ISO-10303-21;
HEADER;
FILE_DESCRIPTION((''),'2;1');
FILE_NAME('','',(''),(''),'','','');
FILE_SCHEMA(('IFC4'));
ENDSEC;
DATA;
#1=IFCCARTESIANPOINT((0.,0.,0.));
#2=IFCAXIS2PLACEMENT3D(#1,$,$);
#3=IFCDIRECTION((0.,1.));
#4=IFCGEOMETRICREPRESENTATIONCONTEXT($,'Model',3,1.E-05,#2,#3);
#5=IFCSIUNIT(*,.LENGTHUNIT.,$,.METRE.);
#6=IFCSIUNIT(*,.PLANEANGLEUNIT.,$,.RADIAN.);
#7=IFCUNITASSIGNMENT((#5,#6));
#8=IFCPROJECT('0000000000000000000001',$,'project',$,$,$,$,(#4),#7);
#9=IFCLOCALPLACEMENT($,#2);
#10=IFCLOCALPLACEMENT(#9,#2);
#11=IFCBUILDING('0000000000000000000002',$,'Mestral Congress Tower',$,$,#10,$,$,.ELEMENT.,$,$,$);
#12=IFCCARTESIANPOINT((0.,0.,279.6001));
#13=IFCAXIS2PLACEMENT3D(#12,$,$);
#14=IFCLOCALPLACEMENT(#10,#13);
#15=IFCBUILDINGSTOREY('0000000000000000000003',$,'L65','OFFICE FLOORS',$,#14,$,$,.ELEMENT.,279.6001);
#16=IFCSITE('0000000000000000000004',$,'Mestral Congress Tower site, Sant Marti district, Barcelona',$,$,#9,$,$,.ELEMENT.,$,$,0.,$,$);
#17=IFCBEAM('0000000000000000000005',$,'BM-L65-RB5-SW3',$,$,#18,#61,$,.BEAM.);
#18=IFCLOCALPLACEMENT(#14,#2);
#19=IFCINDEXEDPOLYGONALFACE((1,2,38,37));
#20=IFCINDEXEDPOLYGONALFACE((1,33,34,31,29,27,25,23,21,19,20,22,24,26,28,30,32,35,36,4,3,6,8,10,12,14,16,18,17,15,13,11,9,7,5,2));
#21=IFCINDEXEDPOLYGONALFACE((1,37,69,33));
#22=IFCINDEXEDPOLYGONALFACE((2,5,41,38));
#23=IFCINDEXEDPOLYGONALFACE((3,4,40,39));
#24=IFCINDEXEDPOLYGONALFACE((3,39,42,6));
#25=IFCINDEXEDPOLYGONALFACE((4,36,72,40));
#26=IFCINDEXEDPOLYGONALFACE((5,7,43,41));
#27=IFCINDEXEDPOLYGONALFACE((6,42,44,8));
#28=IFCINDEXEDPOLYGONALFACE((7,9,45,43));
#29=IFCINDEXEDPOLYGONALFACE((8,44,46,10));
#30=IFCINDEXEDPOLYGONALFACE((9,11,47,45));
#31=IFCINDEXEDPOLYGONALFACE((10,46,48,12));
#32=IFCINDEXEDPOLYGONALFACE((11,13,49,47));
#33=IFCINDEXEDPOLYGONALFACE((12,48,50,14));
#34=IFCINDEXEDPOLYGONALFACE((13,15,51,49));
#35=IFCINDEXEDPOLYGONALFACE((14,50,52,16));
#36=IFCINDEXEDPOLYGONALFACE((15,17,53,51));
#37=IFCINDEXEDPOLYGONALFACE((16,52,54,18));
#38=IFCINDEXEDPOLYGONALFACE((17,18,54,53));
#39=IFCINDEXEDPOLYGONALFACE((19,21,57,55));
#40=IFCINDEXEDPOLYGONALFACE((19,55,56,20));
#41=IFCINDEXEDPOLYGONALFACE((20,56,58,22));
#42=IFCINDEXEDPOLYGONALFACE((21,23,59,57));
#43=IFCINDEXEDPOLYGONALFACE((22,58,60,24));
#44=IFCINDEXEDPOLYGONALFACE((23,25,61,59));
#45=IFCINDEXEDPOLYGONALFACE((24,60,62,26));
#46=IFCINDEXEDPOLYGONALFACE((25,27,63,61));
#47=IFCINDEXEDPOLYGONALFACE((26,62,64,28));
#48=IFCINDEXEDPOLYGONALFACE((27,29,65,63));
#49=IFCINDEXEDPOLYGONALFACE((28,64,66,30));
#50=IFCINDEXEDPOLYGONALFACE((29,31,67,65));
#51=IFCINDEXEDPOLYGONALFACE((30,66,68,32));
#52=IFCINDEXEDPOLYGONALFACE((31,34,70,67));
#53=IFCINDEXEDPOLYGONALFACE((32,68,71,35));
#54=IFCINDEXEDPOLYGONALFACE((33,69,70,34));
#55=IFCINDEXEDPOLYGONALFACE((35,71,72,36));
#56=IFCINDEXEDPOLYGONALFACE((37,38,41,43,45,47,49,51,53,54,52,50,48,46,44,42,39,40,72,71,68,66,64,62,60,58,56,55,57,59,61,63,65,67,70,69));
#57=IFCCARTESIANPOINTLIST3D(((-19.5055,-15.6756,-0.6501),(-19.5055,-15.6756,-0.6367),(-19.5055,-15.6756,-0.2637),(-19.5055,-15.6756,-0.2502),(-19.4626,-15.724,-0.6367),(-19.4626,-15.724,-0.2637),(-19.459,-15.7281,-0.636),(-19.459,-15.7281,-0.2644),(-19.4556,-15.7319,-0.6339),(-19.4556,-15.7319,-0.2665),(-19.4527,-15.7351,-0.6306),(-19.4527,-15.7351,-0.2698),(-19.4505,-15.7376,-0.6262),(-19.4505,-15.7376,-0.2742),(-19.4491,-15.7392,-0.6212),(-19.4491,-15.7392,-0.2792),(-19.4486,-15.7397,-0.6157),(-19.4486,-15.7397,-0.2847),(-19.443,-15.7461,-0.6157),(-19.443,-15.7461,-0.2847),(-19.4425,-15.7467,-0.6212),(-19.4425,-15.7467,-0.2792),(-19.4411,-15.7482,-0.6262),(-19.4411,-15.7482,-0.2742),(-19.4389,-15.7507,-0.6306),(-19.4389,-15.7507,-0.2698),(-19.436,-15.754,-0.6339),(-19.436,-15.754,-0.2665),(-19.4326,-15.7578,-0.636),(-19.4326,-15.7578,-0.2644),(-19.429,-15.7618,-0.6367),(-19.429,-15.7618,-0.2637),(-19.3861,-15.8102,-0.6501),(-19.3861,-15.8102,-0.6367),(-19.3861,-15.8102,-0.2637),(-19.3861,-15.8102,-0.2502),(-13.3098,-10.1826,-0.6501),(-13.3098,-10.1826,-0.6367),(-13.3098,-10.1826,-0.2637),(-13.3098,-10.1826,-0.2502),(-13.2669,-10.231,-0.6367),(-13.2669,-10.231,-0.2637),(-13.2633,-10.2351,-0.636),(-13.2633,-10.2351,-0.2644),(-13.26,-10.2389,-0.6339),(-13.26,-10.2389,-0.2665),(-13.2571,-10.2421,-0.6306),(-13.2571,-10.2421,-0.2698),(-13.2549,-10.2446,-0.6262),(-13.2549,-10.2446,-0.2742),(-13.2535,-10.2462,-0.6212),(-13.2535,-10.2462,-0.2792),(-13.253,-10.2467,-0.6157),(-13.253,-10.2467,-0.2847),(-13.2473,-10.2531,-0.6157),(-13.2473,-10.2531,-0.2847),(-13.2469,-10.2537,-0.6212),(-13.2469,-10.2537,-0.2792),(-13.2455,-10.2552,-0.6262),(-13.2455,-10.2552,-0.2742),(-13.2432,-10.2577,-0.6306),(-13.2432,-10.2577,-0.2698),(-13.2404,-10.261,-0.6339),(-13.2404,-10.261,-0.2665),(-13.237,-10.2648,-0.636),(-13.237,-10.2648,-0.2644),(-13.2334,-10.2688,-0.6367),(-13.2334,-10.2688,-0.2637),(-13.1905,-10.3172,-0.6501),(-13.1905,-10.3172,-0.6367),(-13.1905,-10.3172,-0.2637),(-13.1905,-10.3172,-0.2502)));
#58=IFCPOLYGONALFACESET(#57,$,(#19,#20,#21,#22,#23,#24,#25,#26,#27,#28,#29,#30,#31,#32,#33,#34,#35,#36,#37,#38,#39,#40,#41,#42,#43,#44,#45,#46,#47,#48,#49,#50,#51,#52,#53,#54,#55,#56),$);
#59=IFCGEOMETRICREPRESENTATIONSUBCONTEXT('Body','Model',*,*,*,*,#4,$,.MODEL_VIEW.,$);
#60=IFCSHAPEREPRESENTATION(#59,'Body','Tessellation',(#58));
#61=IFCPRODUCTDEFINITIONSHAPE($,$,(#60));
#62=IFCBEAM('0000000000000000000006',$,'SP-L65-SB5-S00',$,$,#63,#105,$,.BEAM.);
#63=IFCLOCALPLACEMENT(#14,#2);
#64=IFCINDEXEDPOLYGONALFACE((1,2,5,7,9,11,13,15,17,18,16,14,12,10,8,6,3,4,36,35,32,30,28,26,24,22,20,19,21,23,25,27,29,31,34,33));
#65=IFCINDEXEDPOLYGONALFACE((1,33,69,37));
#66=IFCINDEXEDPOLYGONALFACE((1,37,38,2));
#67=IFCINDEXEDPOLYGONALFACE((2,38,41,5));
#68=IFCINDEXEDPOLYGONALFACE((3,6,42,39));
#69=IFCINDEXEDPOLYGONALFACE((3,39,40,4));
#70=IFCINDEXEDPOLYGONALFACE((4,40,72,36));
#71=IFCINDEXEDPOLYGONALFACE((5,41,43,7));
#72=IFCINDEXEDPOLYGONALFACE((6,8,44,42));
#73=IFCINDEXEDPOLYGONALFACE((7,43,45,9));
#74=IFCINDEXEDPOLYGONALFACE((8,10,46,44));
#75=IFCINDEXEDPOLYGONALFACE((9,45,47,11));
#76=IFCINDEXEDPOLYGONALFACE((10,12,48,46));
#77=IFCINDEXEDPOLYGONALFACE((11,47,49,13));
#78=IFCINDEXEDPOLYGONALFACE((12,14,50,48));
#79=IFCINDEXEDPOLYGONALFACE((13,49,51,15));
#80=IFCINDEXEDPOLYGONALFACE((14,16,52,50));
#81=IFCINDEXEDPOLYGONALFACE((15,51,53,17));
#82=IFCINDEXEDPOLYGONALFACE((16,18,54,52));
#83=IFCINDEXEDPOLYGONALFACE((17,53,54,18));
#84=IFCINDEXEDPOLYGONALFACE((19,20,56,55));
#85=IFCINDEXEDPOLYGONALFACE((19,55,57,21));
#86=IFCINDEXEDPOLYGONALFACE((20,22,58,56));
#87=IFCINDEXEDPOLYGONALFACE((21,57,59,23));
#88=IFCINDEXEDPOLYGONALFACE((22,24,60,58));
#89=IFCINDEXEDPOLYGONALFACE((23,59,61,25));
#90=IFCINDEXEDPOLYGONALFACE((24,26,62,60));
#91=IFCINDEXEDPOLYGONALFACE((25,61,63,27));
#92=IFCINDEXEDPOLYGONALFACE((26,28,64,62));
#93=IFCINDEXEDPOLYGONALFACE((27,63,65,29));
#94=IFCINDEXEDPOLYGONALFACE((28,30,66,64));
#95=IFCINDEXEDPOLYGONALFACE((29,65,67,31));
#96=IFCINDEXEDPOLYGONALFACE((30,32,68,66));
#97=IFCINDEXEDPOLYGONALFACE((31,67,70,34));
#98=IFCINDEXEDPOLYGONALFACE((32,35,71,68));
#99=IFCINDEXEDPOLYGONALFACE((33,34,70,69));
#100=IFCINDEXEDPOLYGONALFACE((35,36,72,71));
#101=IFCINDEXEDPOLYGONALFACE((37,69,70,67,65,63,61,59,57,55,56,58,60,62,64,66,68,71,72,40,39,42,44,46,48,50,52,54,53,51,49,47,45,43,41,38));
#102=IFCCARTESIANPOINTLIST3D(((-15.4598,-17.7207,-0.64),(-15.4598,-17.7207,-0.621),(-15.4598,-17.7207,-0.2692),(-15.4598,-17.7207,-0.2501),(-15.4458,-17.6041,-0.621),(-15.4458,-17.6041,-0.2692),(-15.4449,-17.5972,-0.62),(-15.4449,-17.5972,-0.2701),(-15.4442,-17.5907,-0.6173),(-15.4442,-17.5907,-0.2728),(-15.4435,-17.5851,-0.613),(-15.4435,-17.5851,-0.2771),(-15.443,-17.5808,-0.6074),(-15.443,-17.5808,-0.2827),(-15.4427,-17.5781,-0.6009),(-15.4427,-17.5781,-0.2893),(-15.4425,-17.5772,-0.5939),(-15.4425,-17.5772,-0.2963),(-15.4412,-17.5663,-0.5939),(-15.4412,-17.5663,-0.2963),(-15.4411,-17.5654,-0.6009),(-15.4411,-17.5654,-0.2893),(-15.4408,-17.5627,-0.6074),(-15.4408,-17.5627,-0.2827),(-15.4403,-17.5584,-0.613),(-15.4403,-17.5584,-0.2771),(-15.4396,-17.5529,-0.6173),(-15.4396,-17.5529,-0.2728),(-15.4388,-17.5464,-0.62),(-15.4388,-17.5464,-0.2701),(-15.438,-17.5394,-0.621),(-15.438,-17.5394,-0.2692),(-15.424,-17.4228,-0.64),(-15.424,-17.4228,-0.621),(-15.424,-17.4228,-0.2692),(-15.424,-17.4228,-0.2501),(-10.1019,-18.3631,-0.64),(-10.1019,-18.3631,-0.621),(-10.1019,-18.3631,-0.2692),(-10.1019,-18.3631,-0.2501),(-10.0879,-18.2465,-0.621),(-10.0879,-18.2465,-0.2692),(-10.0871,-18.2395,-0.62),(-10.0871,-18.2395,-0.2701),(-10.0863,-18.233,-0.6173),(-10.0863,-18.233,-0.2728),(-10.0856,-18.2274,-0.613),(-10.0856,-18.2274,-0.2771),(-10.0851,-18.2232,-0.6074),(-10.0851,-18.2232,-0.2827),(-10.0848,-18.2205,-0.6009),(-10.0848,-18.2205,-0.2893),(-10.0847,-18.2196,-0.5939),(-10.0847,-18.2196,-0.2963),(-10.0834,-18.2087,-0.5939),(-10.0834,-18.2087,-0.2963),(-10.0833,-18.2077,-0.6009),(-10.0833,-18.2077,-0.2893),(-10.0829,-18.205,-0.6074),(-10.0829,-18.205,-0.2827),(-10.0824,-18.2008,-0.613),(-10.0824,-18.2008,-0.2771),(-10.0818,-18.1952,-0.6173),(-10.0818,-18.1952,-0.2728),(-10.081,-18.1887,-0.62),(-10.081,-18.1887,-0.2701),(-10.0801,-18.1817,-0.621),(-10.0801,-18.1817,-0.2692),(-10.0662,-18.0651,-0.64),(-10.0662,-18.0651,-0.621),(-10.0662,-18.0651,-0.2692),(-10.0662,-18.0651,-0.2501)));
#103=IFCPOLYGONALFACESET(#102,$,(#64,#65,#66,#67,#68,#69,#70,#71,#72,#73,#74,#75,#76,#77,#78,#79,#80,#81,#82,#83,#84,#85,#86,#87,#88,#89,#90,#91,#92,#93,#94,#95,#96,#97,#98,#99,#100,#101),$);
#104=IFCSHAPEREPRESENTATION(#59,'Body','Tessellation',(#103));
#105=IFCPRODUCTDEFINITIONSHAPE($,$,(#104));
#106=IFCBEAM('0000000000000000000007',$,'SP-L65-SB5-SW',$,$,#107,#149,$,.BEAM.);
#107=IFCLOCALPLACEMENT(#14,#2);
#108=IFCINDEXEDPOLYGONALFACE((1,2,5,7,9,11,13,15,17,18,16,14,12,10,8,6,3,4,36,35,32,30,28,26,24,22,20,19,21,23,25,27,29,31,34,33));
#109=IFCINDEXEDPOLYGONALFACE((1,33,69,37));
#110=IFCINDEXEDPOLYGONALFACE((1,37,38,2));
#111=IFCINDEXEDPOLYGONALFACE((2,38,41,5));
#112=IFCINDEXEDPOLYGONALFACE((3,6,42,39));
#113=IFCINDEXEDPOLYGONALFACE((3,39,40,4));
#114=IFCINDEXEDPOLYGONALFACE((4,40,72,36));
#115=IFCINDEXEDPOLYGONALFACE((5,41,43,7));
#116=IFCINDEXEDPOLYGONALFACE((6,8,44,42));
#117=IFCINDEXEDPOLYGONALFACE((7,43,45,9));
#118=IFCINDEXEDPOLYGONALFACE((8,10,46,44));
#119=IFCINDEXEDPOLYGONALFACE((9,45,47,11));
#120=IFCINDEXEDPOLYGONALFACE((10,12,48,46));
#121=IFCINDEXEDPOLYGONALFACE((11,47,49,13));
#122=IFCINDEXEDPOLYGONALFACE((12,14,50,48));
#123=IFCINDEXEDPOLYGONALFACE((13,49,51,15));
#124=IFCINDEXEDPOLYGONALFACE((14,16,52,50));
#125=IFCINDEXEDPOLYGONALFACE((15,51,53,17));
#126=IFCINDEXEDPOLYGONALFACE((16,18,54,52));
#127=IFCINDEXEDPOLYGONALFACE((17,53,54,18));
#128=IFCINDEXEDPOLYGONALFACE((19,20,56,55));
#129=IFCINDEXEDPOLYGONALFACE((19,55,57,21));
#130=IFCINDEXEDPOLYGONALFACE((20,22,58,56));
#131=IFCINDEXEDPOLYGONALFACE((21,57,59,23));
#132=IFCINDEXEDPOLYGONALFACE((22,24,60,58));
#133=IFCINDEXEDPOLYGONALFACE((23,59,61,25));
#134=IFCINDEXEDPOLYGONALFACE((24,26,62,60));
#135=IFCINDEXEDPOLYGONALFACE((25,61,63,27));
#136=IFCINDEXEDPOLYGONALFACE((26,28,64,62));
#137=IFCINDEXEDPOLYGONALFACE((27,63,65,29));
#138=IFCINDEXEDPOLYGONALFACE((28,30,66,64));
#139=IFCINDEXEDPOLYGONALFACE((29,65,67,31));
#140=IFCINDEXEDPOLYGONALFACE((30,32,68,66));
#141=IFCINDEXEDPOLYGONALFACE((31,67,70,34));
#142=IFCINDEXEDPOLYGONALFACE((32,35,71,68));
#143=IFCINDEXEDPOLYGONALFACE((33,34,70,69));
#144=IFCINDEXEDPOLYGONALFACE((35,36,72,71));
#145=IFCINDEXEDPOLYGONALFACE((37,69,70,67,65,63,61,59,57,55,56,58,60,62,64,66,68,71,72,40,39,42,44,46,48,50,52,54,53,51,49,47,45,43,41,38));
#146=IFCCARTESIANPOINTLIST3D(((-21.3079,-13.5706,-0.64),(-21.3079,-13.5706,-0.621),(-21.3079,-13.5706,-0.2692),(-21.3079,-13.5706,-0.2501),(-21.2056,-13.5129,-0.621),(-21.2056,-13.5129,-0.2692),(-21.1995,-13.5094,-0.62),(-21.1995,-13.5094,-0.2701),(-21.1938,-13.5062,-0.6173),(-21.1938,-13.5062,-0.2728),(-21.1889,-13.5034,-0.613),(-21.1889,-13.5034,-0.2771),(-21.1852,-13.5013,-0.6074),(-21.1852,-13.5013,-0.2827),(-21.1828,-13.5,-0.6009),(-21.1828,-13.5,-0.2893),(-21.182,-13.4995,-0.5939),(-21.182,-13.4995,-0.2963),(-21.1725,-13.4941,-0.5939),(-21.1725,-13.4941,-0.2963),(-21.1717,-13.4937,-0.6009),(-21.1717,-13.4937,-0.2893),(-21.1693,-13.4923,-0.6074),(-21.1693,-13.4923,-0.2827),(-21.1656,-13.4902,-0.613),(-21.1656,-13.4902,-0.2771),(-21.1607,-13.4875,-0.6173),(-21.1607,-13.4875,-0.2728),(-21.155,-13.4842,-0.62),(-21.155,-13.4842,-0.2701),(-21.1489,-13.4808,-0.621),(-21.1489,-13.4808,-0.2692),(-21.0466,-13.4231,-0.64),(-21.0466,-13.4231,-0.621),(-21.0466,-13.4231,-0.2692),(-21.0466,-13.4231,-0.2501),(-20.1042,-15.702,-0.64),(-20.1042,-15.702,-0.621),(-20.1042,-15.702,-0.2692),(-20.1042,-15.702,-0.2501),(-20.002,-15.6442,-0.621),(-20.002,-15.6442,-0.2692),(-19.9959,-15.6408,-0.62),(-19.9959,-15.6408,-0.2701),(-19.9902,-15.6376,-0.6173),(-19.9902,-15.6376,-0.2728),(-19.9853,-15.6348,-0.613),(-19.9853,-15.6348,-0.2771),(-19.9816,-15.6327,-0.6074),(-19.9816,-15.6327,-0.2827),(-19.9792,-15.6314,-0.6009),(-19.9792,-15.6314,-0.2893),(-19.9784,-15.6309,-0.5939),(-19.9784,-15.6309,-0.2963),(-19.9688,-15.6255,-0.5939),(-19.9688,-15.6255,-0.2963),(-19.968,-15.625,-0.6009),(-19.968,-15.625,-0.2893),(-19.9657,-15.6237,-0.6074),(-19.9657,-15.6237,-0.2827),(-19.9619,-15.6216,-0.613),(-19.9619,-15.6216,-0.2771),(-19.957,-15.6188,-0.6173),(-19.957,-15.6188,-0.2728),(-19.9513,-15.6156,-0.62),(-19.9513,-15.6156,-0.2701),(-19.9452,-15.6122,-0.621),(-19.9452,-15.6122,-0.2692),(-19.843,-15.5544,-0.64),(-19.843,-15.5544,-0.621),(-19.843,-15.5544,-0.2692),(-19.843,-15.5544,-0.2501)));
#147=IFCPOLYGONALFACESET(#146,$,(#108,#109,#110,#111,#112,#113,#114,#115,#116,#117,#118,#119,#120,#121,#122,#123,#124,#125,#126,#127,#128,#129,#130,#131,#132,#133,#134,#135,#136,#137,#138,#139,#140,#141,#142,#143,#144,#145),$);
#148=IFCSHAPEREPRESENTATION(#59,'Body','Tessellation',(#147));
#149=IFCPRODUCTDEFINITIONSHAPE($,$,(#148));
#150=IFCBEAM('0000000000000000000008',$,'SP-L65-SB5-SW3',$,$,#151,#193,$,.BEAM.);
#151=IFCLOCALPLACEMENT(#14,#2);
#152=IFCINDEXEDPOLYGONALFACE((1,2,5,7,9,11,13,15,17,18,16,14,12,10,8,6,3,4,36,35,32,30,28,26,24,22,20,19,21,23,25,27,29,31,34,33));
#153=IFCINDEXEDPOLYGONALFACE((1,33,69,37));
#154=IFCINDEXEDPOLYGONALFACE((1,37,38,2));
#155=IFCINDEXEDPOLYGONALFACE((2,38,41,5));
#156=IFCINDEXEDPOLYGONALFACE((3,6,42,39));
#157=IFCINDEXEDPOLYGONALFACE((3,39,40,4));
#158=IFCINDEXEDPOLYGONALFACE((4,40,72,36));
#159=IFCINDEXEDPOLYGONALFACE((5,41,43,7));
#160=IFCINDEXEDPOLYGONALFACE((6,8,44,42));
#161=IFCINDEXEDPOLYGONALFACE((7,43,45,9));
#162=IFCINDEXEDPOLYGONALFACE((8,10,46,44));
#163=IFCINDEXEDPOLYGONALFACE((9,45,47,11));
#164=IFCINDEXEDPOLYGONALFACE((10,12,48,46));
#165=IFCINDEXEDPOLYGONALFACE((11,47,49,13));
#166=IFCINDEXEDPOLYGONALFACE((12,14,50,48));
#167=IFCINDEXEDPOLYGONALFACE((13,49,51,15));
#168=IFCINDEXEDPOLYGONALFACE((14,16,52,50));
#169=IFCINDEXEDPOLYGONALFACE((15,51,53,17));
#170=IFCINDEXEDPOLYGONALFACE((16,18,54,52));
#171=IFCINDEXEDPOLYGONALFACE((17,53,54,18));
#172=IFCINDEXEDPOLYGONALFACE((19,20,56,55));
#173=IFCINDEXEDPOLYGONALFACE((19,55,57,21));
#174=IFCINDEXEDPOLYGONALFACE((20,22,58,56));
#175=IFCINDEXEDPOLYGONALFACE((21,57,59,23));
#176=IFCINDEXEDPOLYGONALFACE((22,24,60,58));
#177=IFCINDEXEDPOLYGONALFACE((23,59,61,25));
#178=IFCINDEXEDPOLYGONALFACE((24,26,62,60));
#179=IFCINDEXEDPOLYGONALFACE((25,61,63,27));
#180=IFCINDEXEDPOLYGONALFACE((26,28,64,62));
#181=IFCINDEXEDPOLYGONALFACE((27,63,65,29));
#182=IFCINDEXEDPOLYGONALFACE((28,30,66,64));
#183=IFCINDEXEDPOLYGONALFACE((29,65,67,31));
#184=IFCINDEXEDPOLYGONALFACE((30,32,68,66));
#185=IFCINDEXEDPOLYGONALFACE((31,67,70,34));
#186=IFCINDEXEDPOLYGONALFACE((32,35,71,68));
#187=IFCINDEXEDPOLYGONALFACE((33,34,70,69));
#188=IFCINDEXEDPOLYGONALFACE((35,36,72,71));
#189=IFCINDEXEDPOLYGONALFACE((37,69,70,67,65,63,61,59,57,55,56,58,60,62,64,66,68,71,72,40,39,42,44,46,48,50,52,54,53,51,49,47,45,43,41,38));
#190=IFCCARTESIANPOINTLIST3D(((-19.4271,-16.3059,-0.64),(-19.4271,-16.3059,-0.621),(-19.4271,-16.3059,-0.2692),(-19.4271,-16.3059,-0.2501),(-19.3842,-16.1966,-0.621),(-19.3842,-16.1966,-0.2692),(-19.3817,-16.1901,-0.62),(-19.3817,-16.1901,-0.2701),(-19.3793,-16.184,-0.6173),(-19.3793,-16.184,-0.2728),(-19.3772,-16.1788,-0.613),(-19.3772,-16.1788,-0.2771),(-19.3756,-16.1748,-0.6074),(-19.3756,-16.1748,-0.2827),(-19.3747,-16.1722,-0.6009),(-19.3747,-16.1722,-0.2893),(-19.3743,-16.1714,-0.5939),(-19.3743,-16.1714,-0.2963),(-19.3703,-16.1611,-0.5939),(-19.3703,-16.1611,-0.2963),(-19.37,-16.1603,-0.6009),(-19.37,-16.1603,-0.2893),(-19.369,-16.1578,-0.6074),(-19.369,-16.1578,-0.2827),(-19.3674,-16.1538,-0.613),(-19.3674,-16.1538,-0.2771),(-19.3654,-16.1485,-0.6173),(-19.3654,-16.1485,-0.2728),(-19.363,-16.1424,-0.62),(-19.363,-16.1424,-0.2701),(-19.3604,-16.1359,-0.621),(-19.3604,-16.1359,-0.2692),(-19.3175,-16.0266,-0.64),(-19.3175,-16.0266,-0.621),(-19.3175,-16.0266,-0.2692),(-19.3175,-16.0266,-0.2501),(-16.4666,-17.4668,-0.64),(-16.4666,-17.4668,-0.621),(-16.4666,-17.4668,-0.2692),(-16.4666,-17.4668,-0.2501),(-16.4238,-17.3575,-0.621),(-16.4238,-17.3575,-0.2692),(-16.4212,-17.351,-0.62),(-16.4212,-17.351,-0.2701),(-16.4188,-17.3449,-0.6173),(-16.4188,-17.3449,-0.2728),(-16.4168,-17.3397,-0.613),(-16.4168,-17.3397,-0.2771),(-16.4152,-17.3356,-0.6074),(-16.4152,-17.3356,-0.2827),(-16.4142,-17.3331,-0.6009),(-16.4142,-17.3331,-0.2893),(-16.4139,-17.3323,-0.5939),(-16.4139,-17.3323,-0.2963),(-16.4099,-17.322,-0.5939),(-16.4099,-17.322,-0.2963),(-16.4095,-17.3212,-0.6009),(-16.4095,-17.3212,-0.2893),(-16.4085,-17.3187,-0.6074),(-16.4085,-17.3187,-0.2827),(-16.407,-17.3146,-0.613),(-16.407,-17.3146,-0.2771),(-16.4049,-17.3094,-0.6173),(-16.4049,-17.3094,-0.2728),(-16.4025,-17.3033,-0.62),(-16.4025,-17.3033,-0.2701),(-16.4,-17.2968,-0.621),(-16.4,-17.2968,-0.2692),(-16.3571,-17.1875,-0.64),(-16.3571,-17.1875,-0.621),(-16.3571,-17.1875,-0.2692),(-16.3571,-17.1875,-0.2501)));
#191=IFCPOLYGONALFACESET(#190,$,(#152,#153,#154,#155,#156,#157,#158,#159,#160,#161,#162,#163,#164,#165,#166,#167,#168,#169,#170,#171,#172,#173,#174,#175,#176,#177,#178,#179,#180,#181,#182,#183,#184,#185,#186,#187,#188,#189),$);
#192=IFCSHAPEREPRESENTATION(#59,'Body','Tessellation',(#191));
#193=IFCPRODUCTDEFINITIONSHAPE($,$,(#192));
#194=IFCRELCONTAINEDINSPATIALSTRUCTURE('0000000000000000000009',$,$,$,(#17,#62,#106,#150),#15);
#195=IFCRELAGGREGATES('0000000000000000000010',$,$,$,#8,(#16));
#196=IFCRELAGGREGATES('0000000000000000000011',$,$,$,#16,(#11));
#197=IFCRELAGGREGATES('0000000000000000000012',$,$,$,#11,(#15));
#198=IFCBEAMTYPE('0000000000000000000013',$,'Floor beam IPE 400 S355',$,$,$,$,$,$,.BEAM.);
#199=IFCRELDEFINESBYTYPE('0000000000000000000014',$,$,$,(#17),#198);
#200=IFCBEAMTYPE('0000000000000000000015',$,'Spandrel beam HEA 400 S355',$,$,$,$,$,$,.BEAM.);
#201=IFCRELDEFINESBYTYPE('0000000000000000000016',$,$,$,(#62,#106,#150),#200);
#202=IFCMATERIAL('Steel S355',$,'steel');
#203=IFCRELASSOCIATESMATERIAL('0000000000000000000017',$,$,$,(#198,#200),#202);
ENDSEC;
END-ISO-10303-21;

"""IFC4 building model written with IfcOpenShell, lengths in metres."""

from ifc_helpers import new_model, si_unit, direction, frame, origin, origin_2d, place, context, subcontext, project, spatial, i_section, extrude, material, material_profile, profile_set, type_object, element, save


model = new_model("IFC4")

# Units and contexts
model_context = context("Model", 3, precision=1e-05, world=origin(), true_north=direction((0.0, 1.0)))
body_context = subcontext(model_context, "Body", "Model", "MODEL_VIEW")
ifc_project = project(units=[si_unit("LENGTHUNIT", "METRE"), si_unit("PLANEANGLEUNIT", "RADIAN")], contexts=[model_context])

# Site, building, storey
site_placement = place(None, origin())
site = spatial("IfcSite", under=ifc_project, at=site_placement, Name="Mestral Congress Tower site, Sant Marti district, Barcelona", CompositionType="ELEMENT", RefElevation=0.0)
building_placement = place(site_placement, origin())
building = spatial("IfcBuilding", under=site, at=building_placement, Name="Mestral Congress Tower", CompositionType="ELEMENT")
storey_placement = place(building_placement, frame((0.0, 0.0, 279.6001)))
storey = spatial("IfcBuildingStorey", under=building, at=storey_placement, Name="L65", Description="OFFICE FLOORS", CompositionType="ELEMENT", Elevation=279.6001)

# Beams
ifc_material_1 = material(Name="Steel S355", Category="steel")
ifc_material_profile_1 = material_profile(ifc_material_1, i_section(OverallWidth=0.1799, OverallDepth=0.3999, WebThickness=0.0085, FlangeThickness=0.0134, FilletRadius=0.021, at=origin_2d()), Name="IPE 400")
ifc_profile_set_1 = profile_set([ifc_material_profile_1], Name="Steel S355")
beam_type_1 = type_object("IfcBeamType", Name="Floor beam IPE 400 S355", PredefinedType="BEAM", material=ifc_profile_set_1)
beam_1_placement = place(storey_placement, frame((-19.4458, -15.7429, -0.4502), z_axis=(0.748263, 0.663402, 0.0), x_axis=(-0.663402, 0.748263, 0.0)))
element("IfcBeam", 1, at=beam_1_placement, inside=storey, type_object=beam_type_1, Name="BM-L65-RB5-SW3", PredefinedType="BEAM", context=body_context, shape_type="SweptSolid", body=[
    extrude(i_section(OverallWidth=0.1799, OverallDepth=0.3999, WebThickness=0.0085, FlangeThickness=0.0134, FilletRadius=0.021, at=origin_2d()), origin(), (0.0, 0.0, 1.0), 8.28),
])
ifc_material_profile_2 = material_profile(ifc_material_1, i_section(OverallWidth=0.3, OverallDepth=0.3899, WebThickness=0.011, FlangeThickness=0.019, FilletRadius=0.0271, at=origin_2d()), Name="HEA 400")
ifc_profile_set_2 = profile_set([ifc_material_profile_2], Name="Steel S355")
beam_type_2 = type_object("IfcBeamType", Name="Spandrel beam HEA 400 S355", PredefinedType="BEAM", material=ifc_profile_set_2)
beam_2_placement = place(storey_placement, frame((-15.4419, -17.5718, -0.4451), z_axis=(0.99289, -0.119033, 0.0), x_axis=(0.119033, 0.99289, 0.0)))
element("IfcBeam", 2, at=beam_2_placement, inside=storey, type_object=beam_type_2, Name="SP-L65-SB5-S00", PredefinedType="BEAM", context=body_context, shape_type="SweptSolid", body=[
    extrude(i_section(OverallWidth=0.3, OverallDepth=0.3899, WebThickness=0.011, FlangeThickness=0.019, FilletRadius=0.0271, at=origin_2d()), origin(), (0.0, 0.0, 1.0), 5.3962),
])
beam_3_placement = place(storey_placement, frame((-21.1772, -13.4968, -0.4451), z_axis=(0.491729, -0.870749, 0.0), x_axis=(0.870749, 0.491729, 0.0)))
element("IfcBeam", 3, at=beam_3_placement, inside=storey, type_object=beam_type_2, Name="SP-L65-SB5-SW", PredefinedType="BEAM", context=body_context, shape_type="SweptSolid", body=[
    extrude(i_section(OverallWidth=0.3, OverallDepth=0.3899, WebThickness=0.011, FlangeThickness=0.019, FilletRadius=0.0271, at=origin_2d()), origin(), (0.0, 0.0, 1.0), 2.4478),
])
beam_4_placement = place(storey_placement, frame((-19.3723, -16.1663, -0.4451), z_axis=(0.930981, -0.365068, 0.0), x_axis=(0.365068, 0.930981, 0.0)))
element("IfcBeam", 4, at=beam_4_placement, inside=storey, type_object=beam_type_2, Name="SP-L65-SB5-SW3", PredefinedType="BEAM", context=body_context, shape_type="SweptSolid", body=[
    extrude(i_section(OverallWidth=0.3, OverallDepth=0.3899, WebThickness=0.011, FlangeThickness=0.019, FilletRadius=0.0271, at=origin_2d()), origin(), (0.0, 0.0, 1.0), 3.1799),
])

save(model, "model.ifc")
